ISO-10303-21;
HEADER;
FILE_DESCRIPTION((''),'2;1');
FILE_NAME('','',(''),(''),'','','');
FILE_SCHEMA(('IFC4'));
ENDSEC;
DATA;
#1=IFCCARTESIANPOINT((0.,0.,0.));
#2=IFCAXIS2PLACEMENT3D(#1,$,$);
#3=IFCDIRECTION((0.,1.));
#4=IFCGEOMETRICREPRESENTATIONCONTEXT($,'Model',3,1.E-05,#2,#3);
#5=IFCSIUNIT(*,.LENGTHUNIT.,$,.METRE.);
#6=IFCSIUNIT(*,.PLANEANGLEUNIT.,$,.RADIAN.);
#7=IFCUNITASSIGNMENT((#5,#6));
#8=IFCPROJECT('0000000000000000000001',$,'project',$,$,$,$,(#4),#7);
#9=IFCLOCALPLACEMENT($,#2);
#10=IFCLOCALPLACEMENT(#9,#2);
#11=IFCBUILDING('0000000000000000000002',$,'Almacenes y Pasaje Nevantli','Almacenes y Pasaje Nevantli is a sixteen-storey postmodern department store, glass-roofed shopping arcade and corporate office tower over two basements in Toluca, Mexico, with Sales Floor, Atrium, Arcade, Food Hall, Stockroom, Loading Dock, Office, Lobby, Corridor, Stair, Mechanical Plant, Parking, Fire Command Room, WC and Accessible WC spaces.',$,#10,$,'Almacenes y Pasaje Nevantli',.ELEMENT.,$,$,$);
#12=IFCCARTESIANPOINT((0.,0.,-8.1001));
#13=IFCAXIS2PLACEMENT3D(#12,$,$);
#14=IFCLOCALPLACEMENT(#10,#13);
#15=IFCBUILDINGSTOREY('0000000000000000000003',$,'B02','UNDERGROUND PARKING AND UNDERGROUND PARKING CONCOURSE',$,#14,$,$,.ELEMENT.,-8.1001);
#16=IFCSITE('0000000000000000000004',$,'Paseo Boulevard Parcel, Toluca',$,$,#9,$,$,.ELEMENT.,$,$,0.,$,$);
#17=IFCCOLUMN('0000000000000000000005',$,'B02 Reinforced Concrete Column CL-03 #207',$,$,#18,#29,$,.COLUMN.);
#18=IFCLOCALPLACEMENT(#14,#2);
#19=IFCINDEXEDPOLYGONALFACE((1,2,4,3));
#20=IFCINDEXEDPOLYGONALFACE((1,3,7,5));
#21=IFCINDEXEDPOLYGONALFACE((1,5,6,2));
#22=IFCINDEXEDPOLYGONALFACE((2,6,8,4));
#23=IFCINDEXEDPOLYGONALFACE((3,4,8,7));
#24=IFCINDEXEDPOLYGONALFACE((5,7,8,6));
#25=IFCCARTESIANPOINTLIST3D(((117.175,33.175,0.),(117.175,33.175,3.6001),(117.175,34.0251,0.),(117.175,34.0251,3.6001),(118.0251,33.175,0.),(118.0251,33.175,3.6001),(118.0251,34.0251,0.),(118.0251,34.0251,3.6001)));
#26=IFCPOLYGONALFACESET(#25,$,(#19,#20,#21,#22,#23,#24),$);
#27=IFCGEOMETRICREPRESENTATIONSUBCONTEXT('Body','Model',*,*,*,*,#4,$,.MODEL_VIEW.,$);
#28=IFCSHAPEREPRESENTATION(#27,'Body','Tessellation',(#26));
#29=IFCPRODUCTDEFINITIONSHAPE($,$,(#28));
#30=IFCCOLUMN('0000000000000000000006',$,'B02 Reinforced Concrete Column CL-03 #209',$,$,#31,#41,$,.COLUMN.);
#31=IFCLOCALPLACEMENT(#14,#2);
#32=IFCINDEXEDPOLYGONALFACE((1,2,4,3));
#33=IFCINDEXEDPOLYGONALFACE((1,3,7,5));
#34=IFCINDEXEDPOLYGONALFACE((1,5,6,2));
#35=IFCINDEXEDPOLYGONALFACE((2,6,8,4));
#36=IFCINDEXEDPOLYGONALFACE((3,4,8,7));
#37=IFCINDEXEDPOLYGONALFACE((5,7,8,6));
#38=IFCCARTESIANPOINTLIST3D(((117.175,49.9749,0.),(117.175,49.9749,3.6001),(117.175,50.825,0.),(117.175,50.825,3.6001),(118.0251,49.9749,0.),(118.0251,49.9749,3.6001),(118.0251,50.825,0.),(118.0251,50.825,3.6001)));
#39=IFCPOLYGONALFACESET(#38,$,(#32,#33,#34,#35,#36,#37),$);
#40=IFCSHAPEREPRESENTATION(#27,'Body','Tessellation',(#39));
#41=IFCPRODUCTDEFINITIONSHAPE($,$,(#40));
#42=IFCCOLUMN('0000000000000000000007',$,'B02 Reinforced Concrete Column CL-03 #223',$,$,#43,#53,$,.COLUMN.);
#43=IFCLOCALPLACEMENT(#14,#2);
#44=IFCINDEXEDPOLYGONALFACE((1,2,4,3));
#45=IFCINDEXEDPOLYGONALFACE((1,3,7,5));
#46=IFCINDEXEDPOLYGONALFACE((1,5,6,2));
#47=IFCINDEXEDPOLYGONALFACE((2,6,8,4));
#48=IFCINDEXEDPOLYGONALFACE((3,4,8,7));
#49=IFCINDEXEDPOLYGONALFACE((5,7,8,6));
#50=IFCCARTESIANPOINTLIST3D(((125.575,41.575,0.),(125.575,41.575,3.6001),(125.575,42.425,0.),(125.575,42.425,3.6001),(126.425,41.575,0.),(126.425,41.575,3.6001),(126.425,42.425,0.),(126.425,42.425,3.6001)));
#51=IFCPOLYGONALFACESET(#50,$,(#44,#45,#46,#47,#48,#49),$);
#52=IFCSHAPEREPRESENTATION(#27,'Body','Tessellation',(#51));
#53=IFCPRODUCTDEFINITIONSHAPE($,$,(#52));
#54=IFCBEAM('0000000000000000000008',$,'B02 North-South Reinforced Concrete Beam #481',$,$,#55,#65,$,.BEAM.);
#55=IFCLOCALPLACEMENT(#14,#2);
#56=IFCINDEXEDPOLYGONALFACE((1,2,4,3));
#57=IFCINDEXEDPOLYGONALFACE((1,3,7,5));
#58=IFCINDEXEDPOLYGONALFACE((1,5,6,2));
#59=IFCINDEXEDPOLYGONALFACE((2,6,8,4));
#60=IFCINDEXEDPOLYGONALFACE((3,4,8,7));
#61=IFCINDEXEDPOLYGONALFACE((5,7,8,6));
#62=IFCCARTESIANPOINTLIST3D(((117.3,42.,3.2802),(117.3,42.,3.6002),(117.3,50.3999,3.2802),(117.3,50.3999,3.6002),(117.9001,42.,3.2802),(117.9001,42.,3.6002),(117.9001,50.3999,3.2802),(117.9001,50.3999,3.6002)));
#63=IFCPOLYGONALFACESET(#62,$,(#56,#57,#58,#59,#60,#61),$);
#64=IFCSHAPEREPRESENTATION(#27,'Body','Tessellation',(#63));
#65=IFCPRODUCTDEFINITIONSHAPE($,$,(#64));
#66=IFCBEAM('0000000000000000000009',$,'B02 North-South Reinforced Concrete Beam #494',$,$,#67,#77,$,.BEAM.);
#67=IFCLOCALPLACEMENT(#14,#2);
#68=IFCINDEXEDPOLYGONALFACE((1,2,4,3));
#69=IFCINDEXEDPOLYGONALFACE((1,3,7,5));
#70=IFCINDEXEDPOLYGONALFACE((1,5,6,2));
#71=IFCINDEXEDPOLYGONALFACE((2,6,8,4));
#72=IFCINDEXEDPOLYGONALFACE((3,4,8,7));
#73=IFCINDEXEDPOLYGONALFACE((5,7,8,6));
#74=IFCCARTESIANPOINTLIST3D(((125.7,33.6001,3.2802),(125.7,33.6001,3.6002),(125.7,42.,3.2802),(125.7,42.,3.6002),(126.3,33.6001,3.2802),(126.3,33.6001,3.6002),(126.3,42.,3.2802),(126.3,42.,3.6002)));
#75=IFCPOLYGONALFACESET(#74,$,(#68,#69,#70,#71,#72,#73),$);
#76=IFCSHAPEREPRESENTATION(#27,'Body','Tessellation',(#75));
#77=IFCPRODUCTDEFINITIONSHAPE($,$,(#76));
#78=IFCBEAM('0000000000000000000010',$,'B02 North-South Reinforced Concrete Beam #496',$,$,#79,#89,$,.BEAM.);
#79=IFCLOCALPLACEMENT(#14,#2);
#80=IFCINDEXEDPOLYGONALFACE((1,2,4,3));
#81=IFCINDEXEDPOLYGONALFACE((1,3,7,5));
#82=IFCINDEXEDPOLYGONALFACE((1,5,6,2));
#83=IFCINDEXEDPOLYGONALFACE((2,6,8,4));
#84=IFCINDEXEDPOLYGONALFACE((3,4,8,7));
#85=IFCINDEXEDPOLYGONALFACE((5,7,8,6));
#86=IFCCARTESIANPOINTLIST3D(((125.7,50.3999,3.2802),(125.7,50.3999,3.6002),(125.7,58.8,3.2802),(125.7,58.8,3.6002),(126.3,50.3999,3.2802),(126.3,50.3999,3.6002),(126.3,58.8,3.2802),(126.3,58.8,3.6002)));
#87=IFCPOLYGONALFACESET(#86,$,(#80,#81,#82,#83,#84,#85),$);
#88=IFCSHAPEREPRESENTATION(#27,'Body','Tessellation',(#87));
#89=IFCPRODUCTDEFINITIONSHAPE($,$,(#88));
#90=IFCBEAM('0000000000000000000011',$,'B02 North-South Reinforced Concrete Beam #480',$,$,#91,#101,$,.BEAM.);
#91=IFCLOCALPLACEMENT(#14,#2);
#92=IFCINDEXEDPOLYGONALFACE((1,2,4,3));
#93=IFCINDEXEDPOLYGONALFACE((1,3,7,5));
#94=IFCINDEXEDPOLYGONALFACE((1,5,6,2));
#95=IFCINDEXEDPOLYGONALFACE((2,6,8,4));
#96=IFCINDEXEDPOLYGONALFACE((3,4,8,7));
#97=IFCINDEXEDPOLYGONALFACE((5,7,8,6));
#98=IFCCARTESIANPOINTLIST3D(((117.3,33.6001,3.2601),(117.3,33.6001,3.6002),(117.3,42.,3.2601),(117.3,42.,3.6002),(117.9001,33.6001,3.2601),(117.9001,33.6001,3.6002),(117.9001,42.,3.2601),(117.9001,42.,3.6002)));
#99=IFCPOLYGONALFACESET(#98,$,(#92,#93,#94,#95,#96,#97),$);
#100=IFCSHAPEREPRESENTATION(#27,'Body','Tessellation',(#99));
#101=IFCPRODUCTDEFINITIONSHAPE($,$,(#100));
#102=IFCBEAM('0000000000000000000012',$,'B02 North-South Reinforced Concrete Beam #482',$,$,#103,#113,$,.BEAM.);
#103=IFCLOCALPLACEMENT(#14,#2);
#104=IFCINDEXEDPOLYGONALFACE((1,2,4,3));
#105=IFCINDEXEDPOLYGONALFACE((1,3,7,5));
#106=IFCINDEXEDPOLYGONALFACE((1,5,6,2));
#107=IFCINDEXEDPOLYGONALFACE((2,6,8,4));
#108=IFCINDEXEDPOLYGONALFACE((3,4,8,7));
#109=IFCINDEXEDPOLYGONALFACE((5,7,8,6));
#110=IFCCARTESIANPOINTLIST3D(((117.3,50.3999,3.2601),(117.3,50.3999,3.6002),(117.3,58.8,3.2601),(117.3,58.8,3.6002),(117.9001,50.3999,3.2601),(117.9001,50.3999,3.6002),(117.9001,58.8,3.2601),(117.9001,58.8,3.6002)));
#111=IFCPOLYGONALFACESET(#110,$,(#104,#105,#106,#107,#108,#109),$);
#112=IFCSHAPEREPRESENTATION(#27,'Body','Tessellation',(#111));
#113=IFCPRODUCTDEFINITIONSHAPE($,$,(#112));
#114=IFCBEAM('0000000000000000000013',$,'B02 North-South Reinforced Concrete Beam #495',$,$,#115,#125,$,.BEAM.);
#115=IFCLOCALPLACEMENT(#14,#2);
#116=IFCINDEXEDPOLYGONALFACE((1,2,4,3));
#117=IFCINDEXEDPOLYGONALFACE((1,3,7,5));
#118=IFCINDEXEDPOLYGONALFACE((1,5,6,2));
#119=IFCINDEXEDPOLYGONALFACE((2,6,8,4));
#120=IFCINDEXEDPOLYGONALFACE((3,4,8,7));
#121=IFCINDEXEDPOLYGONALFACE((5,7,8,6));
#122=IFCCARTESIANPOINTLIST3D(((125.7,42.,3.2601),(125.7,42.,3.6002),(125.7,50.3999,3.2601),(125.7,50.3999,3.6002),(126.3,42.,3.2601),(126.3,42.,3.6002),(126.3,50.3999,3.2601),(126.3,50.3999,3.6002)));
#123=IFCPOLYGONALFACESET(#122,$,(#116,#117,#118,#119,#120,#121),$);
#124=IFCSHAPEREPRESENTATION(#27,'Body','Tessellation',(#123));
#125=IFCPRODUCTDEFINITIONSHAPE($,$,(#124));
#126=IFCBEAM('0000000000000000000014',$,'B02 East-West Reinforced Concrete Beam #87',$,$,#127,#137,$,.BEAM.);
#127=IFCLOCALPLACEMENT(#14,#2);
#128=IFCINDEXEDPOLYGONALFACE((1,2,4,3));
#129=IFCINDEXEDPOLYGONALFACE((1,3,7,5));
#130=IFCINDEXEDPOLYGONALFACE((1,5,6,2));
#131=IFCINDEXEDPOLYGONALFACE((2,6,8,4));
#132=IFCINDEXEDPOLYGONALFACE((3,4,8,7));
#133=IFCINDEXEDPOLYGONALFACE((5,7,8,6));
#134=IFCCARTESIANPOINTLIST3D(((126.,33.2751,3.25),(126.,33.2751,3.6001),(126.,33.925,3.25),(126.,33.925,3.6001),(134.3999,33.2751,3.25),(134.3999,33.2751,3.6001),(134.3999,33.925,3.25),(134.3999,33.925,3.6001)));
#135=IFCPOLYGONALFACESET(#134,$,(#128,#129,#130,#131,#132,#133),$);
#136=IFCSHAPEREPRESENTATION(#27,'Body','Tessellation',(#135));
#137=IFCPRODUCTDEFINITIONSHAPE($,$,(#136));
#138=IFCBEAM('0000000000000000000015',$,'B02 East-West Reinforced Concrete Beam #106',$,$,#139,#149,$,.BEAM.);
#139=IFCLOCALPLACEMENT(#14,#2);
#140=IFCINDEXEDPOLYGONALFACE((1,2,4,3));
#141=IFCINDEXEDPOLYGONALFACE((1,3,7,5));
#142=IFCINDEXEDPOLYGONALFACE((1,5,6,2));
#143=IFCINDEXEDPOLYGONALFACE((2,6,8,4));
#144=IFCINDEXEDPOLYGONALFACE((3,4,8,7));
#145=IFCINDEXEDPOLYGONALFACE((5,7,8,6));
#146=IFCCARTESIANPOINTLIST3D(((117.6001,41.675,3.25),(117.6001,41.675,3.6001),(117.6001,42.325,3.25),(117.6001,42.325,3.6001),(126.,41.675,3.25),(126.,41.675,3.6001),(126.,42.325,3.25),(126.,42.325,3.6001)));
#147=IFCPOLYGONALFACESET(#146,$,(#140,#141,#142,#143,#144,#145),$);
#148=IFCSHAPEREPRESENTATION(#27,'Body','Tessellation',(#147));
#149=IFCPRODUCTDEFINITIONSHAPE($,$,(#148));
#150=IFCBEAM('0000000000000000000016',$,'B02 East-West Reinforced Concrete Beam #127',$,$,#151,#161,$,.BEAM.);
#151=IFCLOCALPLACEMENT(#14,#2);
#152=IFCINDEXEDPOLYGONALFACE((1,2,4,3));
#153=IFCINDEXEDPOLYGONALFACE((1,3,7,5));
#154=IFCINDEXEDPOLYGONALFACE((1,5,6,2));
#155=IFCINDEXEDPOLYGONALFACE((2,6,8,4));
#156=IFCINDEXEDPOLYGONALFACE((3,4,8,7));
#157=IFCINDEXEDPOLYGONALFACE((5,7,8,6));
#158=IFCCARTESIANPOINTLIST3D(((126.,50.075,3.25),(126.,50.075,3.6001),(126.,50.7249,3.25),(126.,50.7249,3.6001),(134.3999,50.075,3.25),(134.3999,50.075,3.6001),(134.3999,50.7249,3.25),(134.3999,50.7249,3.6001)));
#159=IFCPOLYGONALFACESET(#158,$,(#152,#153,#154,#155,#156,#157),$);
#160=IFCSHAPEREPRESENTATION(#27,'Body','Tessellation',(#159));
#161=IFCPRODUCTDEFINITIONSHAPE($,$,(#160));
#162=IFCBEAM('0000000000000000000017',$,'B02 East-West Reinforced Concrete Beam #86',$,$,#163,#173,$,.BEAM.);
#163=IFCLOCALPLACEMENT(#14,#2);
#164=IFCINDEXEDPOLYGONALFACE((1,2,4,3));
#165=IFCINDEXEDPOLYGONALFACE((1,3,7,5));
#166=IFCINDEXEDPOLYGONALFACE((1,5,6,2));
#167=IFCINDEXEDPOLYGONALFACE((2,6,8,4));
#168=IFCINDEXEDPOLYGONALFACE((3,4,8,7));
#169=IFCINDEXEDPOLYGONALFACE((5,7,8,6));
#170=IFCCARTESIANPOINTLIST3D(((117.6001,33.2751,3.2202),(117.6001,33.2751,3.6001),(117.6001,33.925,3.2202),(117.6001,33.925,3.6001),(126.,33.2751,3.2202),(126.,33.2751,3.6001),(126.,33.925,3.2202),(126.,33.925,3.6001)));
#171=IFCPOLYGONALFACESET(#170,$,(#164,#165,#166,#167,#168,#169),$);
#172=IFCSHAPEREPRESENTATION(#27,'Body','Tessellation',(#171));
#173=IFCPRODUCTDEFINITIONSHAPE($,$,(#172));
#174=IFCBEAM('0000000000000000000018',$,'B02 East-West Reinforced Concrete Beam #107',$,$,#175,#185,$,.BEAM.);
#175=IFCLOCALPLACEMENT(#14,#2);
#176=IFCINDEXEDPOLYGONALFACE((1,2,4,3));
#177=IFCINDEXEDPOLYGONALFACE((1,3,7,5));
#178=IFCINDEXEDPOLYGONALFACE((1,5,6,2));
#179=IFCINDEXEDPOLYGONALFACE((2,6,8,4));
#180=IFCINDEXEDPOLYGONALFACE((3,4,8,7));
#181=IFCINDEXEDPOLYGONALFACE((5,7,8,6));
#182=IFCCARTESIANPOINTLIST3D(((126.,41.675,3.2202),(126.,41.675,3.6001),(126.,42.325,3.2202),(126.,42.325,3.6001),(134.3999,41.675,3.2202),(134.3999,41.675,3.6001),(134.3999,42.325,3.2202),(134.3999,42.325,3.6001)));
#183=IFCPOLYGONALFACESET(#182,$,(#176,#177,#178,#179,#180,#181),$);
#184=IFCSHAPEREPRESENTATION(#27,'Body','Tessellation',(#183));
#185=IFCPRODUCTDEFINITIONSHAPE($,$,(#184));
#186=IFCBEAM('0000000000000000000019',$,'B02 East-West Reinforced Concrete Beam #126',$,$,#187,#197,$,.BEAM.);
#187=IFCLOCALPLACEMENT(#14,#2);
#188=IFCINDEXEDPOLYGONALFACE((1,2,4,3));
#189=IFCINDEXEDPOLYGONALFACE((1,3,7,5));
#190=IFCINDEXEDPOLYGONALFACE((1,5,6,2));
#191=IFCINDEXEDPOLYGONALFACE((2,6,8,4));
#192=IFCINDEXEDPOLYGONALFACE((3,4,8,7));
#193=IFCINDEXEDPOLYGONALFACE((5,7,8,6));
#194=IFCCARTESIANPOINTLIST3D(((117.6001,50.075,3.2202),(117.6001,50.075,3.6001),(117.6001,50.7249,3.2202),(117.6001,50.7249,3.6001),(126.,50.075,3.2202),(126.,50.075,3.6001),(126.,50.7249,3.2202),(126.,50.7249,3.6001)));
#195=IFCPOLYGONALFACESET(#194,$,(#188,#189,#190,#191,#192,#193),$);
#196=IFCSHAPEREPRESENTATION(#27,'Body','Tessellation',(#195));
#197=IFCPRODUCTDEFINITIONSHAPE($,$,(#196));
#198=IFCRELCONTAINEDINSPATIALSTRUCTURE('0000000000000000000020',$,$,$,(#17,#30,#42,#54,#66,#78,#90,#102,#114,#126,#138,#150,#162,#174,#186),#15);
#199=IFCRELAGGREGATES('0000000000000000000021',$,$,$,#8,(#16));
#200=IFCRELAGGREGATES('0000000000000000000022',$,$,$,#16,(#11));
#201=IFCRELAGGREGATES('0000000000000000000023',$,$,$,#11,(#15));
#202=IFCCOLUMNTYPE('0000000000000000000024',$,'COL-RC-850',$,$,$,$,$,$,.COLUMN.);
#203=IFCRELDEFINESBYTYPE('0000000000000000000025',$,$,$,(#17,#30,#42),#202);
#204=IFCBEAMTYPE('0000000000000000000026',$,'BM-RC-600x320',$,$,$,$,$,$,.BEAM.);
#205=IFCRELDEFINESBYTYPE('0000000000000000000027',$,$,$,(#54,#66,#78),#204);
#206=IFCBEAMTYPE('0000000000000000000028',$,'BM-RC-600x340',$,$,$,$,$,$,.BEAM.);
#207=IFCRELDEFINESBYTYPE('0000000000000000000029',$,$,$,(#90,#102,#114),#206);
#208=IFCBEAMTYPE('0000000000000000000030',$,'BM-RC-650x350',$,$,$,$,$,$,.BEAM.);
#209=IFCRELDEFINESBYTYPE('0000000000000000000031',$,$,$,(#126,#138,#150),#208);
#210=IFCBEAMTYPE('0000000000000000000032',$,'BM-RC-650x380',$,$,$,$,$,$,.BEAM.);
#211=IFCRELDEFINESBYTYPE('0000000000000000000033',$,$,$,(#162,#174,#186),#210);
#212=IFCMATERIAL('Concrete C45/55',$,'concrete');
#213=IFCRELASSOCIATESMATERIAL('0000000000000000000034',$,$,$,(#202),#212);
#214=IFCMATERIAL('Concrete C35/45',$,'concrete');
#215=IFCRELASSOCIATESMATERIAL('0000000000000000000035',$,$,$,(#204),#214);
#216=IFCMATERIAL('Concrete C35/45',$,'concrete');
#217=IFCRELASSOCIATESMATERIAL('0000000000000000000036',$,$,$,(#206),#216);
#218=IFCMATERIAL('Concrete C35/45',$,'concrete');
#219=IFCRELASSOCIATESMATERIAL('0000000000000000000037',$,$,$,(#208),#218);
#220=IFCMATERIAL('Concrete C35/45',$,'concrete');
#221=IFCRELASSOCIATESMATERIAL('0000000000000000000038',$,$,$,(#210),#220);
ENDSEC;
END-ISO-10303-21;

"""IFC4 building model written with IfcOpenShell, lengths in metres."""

from ifc_helpers import new_model, si_unit, direction, frame, origin, origin_2d, place, context, subcontext, project, spatial, rectangle, extrude, material, material_profile, profile_set, type_object, element, save


model = new_model("IFC4")

# Units and contexts
model_context = context("Model", 3, precision=1e-05, world=origin(), true_north=direction((0.0, 1.0)))
body_context = subcontext(model_context, "Body", "Model", "MODEL_VIEW")
ifc_project = project(units=[si_unit("LENGTHUNIT", "METRE"), si_unit("PLANEANGLEUNIT", "RADIAN")], contexts=[model_context])

# Site, building, storey
site_placement = place(None, origin())
site = spatial("IfcSite", under=ifc_project, at=site_placement, Name="Paseo Boulevard Parcel, Toluca", CompositionType="ELEMENT", RefElevation=0.0)
building_placement = place(site_placement, origin())
building = spatial("IfcBuilding", under=site, at=building_placement, Name="Almacenes y Pasaje Nevantli", Description="Almacenes y Pasaje Nevantli is a sixteen-storey postmodern department store, glass-roofed shopping arcade and corporate office tower over two basements in Toluca, Mexico, with Sales Floor, Atrium, Arcade, Food Hall, Stockroom, Loading Dock, Office, Lobby, Corridor, Stair, Mechanical Plant, Parking, Fire Command Room, WC and Accessible WC spaces.", LongName="Almacenes y Pasaje Nevantli", CompositionType="ELEMENT")
storey_placement = place(building_placement, frame((0.0, 0.0, -8.1001)))
storey = spatial("IfcBuildingStorey", under=building, at=storey_placement, Name="B02", Description="UNDERGROUND PARKING AND UNDERGROUND PARKING CONCOURSE", CompositionType="ELEMENT", Elevation=-8.1001)

# Columns
ifc_material_1 = material(Name="Concrete C45/55", Category="concrete")
ifc_material_profile_1 = material_profile(ifc_material_1, rectangle(XDim=0.8501, YDim=0.8501, at=origin_2d()), Name="RC-COL-850x850")
ifc_profile_set_1 = profile_set([ifc_material_profile_1], Name="Concrete C45/55")
column_type_1 = type_object("IfcColumnType", Name="COL-RC-850", PredefinedType="COLUMN", material=ifc_profile_set_1)
for number, where, z_axis, x_axis, name in (
    (1, (117.6001, 33.6001, 0.0), (0.0, 0.0, 1.0), (1.0, 0.0, 0.0), "B02 Reinforced Concrete Column CL-03 #207"),
    (2, (117.6001, 50.3999, 0.0), (0.0, 0.0, 1.0), (1.0, 0.0, 0.0), "B02 Reinforced Concrete Column CL-03 #209"),
    (3, (126.0, 42.0, 0.0), (0.0, 0.0, 1.0), (1.0, 0.0, 0.0), "B02 Reinforced Concrete Column CL-03 #223"),
):
    element("IfcColumn", number, at=place(storey_placement, frame(where, z_axis=z_axis, x_axis=x_axis)), inside=storey, type_object=column_type_1, Name=name, PredefinedType="COLUMN", context=body_context, shape_type="SweptSolid", body=[
        extrude(rectangle(XDim=0.8501, YDim=0.8501, at=origin_2d()), origin(), (0.0, 0.0, 1.0), 3.6001),
    ])

# Beams
ifc_material_2 = material(Name="Concrete C35/45", Category="concrete")
ifc_material_profile_2 = material_profile(ifc_material_2, rectangle(XDim=0.6001, YDim=0.3201, at=origin_2d()), Name="RC-BM-600x320")
ifc_profile_set_2 = profile_set([ifc_material_profile_2], Name="Concrete C35/45")
beam_type_1 = type_object("IfcBeamType", Name="BM-RC-600x320", PredefinedType="BEAM", material=ifc_profile_set_2)
for number, where, z_axis, x_axis, name in (
    (4, (117.6001, 42.0, 3.4402), (0.0, 1.0, 0.0), (-1.0, 0.0, 0.0), "B02 North-South Reinforced Concrete Beam #481"),
    (5, (126.0, 33.6001, 3.4402), (0.0, 1.0, 0.0), (-1.0, 0.0, 0.0), "B02 North-South Reinforced Concrete Beam #494"),
):
    element("IfcBeam", number, at=place(storey_placement, frame(where, z_axis=z_axis, x_axis=x_axis)), inside=storey, type_object=beam_type_1, Name=name, PredefinedType="BEAM", context=body_context, shape_type="SweptSolid", body=[
        extrude(rectangle(XDim=0.6001, YDim=0.3201, at=origin_2d()), origin(), (0.0, 0.0, 1.0), 8.3999),
    ])
beam_1_placement = place(storey_placement, frame((126.0, 50.3999, 3.4402), z_axis=(0.0, 1.0, 0.0), x_axis=(-1.0, 0.0, 0.0)))
element("IfcBeam", 6, at=beam_1_placement, inside=storey, type_object=beam_type_1, Name="B02 North-South Reinforced Concrete Beam #496", PredefinedType="BEAM", context=body_context, shape_type="SweptSolid", body=[
    extrude(rectangle(XDim=0.6001, YDim=0.3201, at=origin_2d()), origin(), (0.0, 0.0, 1.0), 8.4001),
])
ifc_material_3 = material(Name="Concrete C35/45", Category="concrete")
ifc_material_profile_3 = material_profile(ifc_material_3, rectangle(XDim=0.6001, YDim=0.3401, at=origin_2d()), Name="RC-BM-600x340")
ifc_profile_set_3 = profile_set([ifc_material_profile_3], Name="Concrete C35/45")
beam_type_2 = type_object("IfcBeamType", Name="BM-RC-600x340", PredefinedType="BEAM", material=ifc_profile_set_3)
beam_2_placement = place(storey_placement, frame((117.6001, 33.6001, 3.4302), z_axis=(0.0, 1.0, 0.0), x_axis=(-1.0, 0.0, 0.0)))
element("IfcBeam", 7, at=beam_2_placement, inside=storey, type_object=beam_type_2, Name="B02 North-South Reinforced Concrete Beam #480", PredefinedType="BEAM", context=body_context, shape_type="SweptSolid", body=[
    extrude(rectangle(XDim=0.6001, YDim=0.3401, at=origin_2d()), origin(), (0.0, 0.0, 1.0), 8.3999),
])
beam_3_placement = place(storey_placement, frame((117.6001, 50.3999, 3.4302), z_axis=(0.0, 1.0, 0.0), x_axis=(-1.0, 0.0, 0.0)))
element("IfcBeam", 8, at=beam_3_placement, inside=storey, type_object=beam_type_2, Name="B02 North-South Reinforced Concrete Beam #482", PredefinedType="BEAM", context=body_context, shape_type="SweptSolid", body=[
    extrude(rectangle(XDim=0.6001, YDim=0.3401, at=origin_2d()), origin(), (0.0, 0.0, 1.0), 8.4001),
])
beam_4_placement = place(storey_placement, frame((126.0, 42.0, 3.4302), z_axis=(0.0, 1.0, 0.0), x_axis=(-1.0, 0.0, 0.0)))
element("IfcBeam", 9, at=beam_4_placement, inside=storey, type_object=beam_type_2, Name="B02 North-South Reinforced Concrete Beam #495", PredefinedType="BEAM", context=body_context, shape_type="SweptSolid", body=[
    extrude(rectangle(XDim=0.6001, YDim=0.3401, at=origin_2d()), origin(), (0.0, 0.0, 1.0), 8.3999),
])
ifc_material_4 = material(Name="Concrete C35/45", Category="concrete")
ifc_material_profile_4 = material_profile(ifc_material_4, rectangle(XDim=0.6499, YDim=0.3501, at=origin_2d()), Name="RC-BM-650x350")
ifc_profile_set_4 = profile_set([ifc_material_profile_4], Name="Concrete C35/45")
beam_type_3 = type_object("IfcBeamType", Name="BM-RC-650x350", PredefinedType="BEAM", material=ifc_profile_set_4)
for number, where, z_axis, x_axis, name in (
    (10, (126.0, 33.6001, 3.425), (1.0, 0.0, 0.0), (0.0, 1.0, 0.0), "B02 East-West Reinforced Concrete Beam #87"),
    (11, (117.6001, 42.0, 3.425), (1.0, 0.0, 0.0), (0.0, 1.0, 0.0), "B02 East-West Reinforced Concrete Beam #106"),
    (12, (126.0, 50.3999, 3.425), (1.0, 0.0, 0.0), (0.0, 1.0, 0.0), "B02 East-West Reinforced Concrete Beam #127"),
):
    element("IfcBeam", number, at=place(storey_placement, frame(where, z_axis=z_axis, x_axis=x_axis)), inside=storey, type_object=beam_type_3, Name=name, PredefinedType="BEAM", context=body_context, shape_type="SweptSolid", body=[
        extrude(rectangle(XDim=0.6499, YDim=0.3501, at=origin_2d()), origin(), (0.0, 0.0, 1.0), 8.3999),
    ])
ifc_material_5 = material(Name="Concrete C35/45", Category="concrete")
ifc_material_profile_5 = material_profile(ifc_material_5, rectangle(XDim=0.6499, YDim=0.3799, at=origin_2d()), Name="RC-BM-650x380")
ifc_profile_set_5 = profile_set([ifc_material_profile_5], Name="Concrete C35/45")
beam_type_4 = type_object("IfcBeamType", Name="BM-RC-650x380", PredefinedType="BEAM", material=ifc_profile_set_5)
for number, where, z_axis, x_axis, name in (
    (13, (117.6001, 33.6001, 3.4102), (1.0, 0.0, 0.0), (0.0, 1.0, 0.0), "B02 East-West Reinforced Concrete Beam #86"),
    (14, (126.0, 42.0, 3.4102), (1.0, 0.0, 0.0), (0.0, 1.0, 0.0), "B02 East-West Reinforced Concrete Beam #107"),
    (15, (117.6001, 50.3999, 3.4102), (1.0, 0.0, 0.0), (0.0, 1.0, 0.0), "B02 East-West Reinforced Concrete Beam #126"),
):
    element("IfcBeam", number, at=place(storey_placement, frame(where, z_axis=z_axis, x_axis=x_axis)), inside=storey, type_object=beam_type_4, Name=name, PredefinedType="BEAM", context=body_context, shape_type="SweptSolid", body=[
        extrude(rectangle(XDim=0.6499, YDim=0.3799, at=origin_2d()), origin(), (0.0, 0.0, 1.0), 8.3999),
    ])

save(model, "model.ifc")
